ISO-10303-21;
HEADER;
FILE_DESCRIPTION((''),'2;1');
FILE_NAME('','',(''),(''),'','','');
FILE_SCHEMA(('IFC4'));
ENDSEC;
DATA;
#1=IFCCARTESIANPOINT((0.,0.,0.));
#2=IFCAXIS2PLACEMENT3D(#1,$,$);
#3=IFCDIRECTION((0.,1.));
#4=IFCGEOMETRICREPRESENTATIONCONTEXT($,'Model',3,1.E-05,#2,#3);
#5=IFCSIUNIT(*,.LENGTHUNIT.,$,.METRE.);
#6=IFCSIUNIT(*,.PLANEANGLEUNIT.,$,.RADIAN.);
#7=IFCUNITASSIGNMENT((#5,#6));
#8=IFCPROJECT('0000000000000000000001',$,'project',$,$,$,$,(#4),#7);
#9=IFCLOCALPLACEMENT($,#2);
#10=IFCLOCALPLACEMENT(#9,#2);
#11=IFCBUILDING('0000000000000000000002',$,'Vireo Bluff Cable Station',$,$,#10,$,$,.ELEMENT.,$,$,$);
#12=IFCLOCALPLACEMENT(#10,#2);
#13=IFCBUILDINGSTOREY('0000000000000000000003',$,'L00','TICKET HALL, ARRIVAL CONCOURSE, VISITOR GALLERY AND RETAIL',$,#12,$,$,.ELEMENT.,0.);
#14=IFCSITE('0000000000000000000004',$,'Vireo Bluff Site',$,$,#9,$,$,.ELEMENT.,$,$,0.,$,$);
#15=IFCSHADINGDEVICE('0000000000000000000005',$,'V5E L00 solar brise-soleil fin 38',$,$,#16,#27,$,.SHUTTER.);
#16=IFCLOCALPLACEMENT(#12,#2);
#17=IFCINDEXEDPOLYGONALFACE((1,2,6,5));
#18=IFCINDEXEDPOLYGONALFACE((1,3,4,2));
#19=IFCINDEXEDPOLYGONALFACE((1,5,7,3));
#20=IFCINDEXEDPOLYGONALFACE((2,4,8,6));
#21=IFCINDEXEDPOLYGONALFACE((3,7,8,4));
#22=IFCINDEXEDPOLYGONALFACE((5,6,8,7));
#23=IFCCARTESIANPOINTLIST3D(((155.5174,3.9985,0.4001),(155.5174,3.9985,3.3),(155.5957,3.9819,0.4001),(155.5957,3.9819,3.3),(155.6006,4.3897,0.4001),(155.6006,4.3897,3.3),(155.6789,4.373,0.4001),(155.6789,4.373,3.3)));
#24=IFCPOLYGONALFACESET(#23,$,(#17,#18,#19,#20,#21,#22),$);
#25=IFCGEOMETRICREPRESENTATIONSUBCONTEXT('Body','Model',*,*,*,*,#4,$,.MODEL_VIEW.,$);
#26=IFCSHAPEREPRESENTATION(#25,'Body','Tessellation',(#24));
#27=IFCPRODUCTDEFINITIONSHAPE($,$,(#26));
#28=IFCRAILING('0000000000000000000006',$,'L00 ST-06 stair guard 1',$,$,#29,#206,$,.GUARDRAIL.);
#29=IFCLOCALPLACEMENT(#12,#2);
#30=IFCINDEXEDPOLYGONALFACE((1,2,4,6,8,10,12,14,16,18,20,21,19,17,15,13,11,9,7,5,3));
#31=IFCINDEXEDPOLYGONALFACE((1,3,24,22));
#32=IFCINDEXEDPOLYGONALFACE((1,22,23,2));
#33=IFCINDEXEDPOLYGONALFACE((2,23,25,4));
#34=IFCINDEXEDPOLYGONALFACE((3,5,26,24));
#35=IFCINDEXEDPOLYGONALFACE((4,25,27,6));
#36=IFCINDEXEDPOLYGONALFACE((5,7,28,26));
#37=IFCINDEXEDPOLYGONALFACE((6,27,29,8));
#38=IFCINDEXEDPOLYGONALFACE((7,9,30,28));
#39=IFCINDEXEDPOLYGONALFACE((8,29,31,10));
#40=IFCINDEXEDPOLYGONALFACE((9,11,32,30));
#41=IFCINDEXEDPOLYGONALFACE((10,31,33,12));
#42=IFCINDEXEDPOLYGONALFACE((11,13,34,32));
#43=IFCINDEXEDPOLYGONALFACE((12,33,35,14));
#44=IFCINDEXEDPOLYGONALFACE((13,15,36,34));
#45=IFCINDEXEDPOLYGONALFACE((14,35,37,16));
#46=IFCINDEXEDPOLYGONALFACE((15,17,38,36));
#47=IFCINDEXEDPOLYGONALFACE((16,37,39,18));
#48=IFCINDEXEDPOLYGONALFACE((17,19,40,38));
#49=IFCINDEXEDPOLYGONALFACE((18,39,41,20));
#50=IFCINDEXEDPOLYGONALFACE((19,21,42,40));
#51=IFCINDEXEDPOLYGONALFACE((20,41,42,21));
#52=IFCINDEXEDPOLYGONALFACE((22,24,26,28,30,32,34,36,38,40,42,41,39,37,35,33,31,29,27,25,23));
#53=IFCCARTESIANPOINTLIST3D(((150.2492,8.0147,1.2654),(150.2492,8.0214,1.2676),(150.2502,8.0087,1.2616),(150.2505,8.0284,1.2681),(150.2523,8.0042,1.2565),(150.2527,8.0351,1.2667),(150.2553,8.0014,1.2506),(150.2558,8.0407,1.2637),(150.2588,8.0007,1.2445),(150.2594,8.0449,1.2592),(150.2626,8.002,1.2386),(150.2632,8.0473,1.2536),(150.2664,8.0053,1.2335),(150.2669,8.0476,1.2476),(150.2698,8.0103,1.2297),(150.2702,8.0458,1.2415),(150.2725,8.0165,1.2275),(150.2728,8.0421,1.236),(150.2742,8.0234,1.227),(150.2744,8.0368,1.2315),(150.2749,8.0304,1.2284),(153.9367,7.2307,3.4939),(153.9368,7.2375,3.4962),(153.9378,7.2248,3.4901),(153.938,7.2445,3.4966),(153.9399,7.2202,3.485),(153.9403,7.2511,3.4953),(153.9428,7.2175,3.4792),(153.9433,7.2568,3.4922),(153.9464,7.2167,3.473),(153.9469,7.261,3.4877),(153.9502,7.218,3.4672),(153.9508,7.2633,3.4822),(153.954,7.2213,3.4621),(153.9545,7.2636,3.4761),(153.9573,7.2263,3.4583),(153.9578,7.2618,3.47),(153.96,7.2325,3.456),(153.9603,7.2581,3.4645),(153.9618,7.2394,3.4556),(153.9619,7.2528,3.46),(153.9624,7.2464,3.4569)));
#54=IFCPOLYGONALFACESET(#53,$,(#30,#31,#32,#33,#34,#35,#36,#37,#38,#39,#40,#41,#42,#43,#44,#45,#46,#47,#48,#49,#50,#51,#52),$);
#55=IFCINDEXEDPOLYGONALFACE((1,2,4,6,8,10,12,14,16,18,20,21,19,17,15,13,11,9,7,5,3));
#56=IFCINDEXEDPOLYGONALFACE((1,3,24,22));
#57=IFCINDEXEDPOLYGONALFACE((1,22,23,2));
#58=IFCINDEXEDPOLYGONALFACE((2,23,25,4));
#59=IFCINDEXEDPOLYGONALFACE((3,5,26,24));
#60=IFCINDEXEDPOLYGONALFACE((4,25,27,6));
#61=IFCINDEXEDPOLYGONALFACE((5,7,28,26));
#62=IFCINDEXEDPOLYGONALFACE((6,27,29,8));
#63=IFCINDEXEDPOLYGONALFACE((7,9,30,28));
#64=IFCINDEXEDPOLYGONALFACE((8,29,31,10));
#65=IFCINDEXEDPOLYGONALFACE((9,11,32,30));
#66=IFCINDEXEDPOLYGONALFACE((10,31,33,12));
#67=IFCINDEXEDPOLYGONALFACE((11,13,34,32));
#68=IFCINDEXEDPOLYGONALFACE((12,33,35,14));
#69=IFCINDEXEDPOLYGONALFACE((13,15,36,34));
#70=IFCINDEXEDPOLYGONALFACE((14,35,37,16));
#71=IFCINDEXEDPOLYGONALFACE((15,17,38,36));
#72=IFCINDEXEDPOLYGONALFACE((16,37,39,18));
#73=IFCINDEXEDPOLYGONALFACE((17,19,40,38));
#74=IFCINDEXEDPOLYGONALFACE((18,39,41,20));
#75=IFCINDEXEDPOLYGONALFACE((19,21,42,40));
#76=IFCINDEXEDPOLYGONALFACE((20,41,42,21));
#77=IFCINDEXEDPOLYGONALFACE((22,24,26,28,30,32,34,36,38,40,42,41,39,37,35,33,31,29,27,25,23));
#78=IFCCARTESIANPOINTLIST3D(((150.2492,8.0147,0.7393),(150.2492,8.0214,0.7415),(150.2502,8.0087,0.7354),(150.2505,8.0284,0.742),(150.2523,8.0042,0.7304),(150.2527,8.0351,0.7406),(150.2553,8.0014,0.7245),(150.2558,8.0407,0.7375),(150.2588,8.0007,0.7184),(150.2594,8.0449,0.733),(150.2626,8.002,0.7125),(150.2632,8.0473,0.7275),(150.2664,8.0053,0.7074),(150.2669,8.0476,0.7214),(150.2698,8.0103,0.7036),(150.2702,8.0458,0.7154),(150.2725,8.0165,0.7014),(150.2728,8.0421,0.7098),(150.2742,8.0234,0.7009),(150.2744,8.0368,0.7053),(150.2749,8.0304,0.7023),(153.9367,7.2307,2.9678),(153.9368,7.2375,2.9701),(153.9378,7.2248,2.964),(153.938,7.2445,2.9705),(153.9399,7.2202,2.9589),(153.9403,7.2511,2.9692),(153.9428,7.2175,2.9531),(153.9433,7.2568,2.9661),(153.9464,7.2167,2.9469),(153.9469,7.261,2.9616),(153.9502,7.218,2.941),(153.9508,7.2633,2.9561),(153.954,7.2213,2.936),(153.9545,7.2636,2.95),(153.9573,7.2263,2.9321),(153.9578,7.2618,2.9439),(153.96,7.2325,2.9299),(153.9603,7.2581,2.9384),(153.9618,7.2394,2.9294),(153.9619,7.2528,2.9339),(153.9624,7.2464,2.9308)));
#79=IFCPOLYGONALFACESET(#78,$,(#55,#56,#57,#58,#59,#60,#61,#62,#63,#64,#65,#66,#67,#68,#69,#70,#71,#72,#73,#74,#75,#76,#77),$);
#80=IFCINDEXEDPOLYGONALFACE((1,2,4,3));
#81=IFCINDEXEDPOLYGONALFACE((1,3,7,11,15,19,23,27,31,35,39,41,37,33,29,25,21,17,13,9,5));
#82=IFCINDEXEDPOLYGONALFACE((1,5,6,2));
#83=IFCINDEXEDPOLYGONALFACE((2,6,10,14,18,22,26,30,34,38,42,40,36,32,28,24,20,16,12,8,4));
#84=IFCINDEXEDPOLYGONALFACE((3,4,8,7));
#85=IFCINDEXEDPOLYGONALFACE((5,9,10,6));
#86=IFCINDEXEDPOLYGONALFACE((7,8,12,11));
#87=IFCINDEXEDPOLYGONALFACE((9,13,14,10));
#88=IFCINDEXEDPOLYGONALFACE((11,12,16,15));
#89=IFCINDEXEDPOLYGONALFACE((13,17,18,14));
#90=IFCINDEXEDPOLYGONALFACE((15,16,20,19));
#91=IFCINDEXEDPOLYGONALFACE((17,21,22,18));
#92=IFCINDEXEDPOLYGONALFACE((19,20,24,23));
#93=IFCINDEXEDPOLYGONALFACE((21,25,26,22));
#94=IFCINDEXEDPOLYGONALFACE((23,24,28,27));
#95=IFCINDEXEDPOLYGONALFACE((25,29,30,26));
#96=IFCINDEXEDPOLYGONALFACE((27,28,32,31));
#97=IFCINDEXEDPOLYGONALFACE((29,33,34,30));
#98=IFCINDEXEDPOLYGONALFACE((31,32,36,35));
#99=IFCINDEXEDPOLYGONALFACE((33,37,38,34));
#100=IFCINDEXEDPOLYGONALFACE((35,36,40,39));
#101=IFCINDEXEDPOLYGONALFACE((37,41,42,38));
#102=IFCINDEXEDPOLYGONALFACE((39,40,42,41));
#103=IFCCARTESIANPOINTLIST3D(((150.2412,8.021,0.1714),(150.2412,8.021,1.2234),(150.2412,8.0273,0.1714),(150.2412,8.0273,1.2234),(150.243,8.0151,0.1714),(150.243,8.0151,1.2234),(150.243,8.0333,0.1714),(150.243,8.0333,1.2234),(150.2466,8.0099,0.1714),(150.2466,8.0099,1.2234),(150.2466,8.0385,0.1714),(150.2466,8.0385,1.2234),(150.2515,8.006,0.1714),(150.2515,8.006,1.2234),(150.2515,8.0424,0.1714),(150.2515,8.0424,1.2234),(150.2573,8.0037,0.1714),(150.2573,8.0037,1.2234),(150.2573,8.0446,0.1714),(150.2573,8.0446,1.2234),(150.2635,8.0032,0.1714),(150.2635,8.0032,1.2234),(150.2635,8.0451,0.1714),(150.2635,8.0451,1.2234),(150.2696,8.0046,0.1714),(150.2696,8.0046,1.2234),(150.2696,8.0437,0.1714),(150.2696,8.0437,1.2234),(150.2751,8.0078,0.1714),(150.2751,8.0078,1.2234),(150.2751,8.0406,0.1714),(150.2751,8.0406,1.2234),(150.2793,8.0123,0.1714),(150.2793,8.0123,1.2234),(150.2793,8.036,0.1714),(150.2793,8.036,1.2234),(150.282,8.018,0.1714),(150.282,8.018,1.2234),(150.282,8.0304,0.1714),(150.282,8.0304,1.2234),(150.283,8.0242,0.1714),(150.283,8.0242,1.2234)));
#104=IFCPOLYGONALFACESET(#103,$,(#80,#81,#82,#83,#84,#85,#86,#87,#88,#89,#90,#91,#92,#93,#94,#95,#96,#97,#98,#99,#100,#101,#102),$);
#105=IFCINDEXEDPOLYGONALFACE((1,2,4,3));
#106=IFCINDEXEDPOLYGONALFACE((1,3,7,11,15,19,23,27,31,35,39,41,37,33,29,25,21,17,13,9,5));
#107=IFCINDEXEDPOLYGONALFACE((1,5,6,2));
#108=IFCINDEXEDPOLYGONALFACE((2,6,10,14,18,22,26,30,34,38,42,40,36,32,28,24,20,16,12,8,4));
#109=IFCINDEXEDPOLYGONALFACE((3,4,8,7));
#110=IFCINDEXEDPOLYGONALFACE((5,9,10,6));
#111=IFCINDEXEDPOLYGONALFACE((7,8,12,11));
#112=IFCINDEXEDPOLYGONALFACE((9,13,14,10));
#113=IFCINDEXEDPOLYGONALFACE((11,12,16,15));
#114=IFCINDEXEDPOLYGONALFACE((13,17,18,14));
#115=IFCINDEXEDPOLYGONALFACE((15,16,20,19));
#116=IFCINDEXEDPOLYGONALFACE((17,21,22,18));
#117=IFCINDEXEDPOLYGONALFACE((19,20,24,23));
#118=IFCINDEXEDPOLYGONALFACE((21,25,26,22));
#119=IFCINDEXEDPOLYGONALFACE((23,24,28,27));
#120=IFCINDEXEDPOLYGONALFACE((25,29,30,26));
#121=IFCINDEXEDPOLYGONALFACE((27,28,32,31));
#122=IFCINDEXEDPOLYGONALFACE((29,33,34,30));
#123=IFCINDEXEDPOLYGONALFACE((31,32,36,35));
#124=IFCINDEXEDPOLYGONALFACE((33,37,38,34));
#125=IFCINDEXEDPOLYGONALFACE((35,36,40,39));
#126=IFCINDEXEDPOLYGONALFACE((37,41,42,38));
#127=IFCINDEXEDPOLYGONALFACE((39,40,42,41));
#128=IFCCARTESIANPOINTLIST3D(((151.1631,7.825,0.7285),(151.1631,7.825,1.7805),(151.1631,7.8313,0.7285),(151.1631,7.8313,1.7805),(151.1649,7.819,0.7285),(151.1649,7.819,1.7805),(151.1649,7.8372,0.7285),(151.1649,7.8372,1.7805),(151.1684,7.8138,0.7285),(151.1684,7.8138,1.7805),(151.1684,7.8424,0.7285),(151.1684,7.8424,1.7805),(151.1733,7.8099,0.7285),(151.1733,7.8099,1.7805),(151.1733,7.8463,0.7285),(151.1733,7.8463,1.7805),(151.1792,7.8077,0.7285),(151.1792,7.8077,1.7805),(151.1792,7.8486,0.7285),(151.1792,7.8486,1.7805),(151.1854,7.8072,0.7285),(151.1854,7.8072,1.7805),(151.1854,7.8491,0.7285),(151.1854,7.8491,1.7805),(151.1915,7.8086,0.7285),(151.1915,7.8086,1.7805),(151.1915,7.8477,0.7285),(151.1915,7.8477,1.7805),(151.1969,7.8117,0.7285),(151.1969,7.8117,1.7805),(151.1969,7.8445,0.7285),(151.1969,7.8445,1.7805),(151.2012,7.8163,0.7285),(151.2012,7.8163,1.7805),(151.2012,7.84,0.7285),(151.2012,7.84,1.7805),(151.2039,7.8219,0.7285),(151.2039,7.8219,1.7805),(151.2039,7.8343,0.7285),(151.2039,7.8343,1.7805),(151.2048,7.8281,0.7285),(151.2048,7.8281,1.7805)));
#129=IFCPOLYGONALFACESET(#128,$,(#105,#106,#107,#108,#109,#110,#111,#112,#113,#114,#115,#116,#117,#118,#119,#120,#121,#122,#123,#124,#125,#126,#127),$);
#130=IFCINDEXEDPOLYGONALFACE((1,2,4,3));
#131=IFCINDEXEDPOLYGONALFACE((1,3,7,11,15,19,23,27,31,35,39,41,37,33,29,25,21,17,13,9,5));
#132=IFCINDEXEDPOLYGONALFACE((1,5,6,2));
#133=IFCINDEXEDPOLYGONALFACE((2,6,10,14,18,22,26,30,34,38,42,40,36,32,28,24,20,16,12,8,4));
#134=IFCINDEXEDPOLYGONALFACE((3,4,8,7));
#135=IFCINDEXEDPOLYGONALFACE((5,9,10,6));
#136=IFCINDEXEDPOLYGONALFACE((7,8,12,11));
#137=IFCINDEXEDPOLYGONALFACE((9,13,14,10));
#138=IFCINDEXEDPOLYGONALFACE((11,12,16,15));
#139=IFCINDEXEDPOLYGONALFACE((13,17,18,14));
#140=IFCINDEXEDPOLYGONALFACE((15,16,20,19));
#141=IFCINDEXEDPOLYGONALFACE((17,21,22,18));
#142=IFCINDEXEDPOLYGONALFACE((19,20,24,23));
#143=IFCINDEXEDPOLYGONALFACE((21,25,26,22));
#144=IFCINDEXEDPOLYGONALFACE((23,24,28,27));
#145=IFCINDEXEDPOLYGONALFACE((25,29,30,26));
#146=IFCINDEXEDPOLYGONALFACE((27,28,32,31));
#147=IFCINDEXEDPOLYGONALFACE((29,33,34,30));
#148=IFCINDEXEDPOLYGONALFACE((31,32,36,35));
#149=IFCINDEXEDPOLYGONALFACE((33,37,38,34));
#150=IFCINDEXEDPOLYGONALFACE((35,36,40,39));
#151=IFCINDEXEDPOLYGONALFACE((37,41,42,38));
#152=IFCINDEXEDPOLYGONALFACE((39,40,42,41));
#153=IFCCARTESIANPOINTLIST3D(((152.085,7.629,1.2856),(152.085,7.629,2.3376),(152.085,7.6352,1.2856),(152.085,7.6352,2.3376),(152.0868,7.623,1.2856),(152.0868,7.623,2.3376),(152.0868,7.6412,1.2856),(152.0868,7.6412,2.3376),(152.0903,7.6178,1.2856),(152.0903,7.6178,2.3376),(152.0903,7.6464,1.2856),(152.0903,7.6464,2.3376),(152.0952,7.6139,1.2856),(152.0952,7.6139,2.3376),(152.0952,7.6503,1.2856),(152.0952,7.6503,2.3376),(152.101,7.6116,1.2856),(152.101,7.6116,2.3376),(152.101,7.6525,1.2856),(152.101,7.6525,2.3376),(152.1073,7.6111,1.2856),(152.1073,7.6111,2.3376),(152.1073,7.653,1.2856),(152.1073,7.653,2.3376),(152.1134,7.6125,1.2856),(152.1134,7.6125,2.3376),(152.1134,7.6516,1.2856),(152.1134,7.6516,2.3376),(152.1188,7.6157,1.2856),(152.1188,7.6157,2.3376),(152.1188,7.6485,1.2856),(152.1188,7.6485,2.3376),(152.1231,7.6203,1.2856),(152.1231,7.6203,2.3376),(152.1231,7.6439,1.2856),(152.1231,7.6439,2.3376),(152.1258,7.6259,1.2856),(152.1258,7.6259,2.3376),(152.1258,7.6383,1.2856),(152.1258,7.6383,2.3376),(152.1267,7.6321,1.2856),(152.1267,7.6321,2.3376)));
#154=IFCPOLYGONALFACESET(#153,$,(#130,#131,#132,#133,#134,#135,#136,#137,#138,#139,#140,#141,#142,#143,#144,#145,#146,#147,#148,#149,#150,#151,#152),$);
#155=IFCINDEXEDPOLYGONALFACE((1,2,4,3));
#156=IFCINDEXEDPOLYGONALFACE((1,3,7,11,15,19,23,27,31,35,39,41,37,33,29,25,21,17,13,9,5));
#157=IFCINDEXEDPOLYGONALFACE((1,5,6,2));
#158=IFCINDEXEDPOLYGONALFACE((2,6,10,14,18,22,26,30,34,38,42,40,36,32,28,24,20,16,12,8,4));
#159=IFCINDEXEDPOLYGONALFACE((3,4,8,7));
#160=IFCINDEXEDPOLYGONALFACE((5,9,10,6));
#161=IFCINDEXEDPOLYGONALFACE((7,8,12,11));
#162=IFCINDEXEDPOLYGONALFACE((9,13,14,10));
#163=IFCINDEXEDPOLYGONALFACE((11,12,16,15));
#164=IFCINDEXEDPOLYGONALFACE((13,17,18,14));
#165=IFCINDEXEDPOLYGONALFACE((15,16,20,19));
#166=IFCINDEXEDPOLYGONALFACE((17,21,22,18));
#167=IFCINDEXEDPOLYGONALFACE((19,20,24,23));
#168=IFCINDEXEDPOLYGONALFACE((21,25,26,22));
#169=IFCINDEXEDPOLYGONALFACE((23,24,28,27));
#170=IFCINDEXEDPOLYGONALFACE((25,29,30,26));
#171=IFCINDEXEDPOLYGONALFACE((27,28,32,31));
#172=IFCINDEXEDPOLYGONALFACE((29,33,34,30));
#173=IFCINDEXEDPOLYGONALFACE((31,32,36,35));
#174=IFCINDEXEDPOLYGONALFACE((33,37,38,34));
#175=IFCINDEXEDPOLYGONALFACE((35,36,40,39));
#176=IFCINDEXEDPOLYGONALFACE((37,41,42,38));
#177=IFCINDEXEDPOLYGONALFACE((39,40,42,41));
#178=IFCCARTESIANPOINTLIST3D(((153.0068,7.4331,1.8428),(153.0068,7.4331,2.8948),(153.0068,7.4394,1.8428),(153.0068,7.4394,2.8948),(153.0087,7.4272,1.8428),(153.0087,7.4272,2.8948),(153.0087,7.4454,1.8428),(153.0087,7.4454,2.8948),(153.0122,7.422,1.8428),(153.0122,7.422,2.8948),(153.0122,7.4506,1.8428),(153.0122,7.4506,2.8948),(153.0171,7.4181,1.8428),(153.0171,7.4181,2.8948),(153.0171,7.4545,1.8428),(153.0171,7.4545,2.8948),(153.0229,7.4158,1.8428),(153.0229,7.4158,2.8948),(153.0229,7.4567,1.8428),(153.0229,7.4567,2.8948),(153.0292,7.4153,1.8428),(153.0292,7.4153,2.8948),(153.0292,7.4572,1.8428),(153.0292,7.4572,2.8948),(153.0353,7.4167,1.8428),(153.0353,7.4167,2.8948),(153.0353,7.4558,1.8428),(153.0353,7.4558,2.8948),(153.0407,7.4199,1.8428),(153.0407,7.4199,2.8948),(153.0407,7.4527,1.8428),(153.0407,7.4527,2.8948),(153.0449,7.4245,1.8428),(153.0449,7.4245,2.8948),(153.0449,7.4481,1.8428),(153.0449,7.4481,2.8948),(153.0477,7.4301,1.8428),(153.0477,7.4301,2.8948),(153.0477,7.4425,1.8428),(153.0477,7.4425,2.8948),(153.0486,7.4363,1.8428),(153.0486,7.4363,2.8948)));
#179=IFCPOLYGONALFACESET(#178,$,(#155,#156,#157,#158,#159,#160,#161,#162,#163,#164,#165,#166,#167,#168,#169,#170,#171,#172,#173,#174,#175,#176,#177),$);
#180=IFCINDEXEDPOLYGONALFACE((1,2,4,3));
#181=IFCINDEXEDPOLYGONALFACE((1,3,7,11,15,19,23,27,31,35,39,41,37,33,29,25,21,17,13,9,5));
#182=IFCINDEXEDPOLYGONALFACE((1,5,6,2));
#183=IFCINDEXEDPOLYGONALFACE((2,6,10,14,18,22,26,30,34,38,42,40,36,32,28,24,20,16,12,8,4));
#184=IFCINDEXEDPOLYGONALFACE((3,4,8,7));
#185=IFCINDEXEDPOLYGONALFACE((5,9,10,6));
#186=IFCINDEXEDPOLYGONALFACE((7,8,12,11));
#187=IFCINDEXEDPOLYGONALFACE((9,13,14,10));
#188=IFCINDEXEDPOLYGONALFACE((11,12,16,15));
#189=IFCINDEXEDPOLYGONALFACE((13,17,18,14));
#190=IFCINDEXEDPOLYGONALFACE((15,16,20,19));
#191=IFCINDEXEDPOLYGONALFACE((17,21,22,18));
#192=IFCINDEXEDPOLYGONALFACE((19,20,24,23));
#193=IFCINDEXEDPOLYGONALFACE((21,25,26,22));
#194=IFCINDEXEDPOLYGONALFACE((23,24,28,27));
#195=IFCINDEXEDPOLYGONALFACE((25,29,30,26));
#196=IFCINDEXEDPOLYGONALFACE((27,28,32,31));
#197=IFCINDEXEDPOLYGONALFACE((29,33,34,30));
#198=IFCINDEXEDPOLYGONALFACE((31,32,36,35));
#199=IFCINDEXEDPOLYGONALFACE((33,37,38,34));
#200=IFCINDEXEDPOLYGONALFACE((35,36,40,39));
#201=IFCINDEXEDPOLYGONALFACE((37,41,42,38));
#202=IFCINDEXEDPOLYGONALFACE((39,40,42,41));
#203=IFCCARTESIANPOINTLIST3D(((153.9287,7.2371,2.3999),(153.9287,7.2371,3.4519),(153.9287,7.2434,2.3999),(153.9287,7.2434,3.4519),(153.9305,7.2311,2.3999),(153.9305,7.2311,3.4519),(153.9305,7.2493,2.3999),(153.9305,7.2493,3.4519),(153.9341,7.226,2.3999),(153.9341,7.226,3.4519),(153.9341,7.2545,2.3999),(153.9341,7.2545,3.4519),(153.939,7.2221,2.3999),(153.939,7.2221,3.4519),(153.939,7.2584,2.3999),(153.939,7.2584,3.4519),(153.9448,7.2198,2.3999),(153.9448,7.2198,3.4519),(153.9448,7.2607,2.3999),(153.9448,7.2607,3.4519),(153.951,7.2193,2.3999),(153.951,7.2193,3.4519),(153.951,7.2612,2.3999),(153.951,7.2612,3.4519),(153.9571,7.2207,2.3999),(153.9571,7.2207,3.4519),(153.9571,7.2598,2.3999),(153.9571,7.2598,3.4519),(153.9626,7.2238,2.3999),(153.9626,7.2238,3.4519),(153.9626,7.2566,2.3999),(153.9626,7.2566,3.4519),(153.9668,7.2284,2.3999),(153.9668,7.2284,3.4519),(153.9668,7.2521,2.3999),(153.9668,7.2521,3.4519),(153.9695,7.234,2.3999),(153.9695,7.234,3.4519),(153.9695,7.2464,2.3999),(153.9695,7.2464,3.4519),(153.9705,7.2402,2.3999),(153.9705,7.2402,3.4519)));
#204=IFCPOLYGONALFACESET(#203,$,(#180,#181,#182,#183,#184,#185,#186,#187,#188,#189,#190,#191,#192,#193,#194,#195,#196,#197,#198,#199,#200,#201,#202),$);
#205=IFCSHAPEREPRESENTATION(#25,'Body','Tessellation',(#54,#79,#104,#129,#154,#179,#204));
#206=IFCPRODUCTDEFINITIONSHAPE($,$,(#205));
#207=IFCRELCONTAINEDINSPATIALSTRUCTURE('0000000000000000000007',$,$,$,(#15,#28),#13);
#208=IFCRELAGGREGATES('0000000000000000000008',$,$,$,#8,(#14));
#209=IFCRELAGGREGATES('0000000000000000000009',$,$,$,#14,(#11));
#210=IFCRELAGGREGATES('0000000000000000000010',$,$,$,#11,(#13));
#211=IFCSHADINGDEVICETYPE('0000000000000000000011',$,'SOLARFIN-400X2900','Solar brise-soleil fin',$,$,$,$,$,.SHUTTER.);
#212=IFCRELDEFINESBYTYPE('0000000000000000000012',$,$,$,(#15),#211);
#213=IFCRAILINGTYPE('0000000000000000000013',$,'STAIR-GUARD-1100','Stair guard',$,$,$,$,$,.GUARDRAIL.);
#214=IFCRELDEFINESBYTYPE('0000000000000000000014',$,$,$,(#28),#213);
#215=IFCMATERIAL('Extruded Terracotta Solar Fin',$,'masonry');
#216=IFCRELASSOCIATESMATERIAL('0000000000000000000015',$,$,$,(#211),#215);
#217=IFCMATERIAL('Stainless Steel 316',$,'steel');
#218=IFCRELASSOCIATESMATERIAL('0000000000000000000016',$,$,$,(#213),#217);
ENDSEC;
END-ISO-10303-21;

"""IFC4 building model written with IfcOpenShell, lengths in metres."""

from ifc_helpers import new_model, si_unit, direction, frame, origin, origin_2d, place, context, subcontext, project, spatial, rectangle, circle, extrude, material, type_object, element, save


model = new_model("IFC4")

# Units and contexts
model_context = context("Model", 3, precision=1e-05, world=origin(), true_north=direction((0.0, 1.0)))
body_context = subcontext(model_context, "Body", "Model", "MODEL_VIEW")
ifc_project = project(units=[si_unit("LENGTHUNIT", "METRE"), si_unit("PLANEANGLEUNIT", "RADIAN")], contexts=[model_context])

# Site, building, storey
site_placement = place(None, origin())
site = spatial("IfcSite", under=ifc_project, at=site_placement, Name="Vireo Bluff Site", CompositionType="ELEMENT", RefElevation=0.0)
building_placement = place(site_placement, origin())
building = spatial("IfcBuilding", under=site, at=building_placement, Name="Vireo Bluff Cable Station", CompositionType="ELEMENT")
storey_placement = place(building_placement, origin())
storey = spatial("IfcBuildingStorey", under=building, at=storey_placement, Name="L00", Description="TICKET HALL, ARRIVAL CONCOURSE, VISITOR GALLERY AND RETAIL", CompositionType="ELEMENT", Elevation=0.0)

# Shading device
ifc_material_1 = material(Name="Extruded Terracotta Solar Fin", Category="masonry")
shading_device_type = type_object("IfcShadingDeviceType", Name="SOLARFIN-400X2900", Description="Solar brise-soleil fin", PredefinedType="SHUTTER", material=ifc_material_1)
shading_device_placement = place(storey_placement, frame((155.5981, 4.1858, 0.4001), z_axis=(0.0, 0.0, 1.0), x_axis=(-0.978148, 0.207912, 0.0)))
element("IfcShadingDevice", 1, at=shading_device_placement, inside=storey, type_object=shading_device_type, Name="V5E L00 solar brise-soleil fin 38", PredefinedType="SHUTTER", context=body_context, shape_type="SweptSolid", body=[
    extrude(rectangle(XDim=0.0801, YDim=0.3999, at=origin_2d()), origin(), (0.0, 0.0, 1.0), 2.8999),
])

# Railing
ifc_material_2 = material(Name="Stainless Steel 316", Category="steel")
railing_type_1 = type_object("IfcRailingType", Name="STAIR-GUARD-1100", Description="Stair guard", PredefinedType="GUARDRAIL", material=ifc_material_2)
railing_1_placement = place(storey_placement, frame((150.262, 8.0242, 0.1714)))
element("IfcRailing", 2, at=railing_1_placement, inside=storey, type_object=railing_type_1, Name="L00 ST-06 stair guard 1", PredefinedType="GUARDRAIL", context=body_context, shape_type="SweptSolid", body=[
    extrude(circle(Radius=0.0239, at=origin_2d()), frame((0.0, 0.0, 1.0762), z_axis=(0.842025, -0.179008, 0.508872), x_axis=(0.207946, 0.97814, 0.0)), (0.0, 0.0, 1.0), 4.3794),
    extrude(circle(Radius=0.0239, at=origin_2d()), frame((0.0, 0.0, 0.55), z_axis=(0.842025, -0.179008, 0.508872), x_axis=(0.207946, 0.97814, 0.0)), (0.0, 0.0, 1.0), 4.3794),
    extrude(circle(Radius=0.021, at=origin_2d()), origin(), (0.0, 0.0, 1.0), 1.052),
    extrude(circle(Radius=0.021, at=origin_2d()), frame((0.9219, -0.196, 0.5571)), (0.0, 0.0, 1.0), 1.052),
    extrude(circle(Radius=0.021, at=origin_2d()), frame((1.8438, -0.3921, 1.1143)), (0.0, 0.0, 1.0), 1.052),
    extrude(circle(Radius=0.021, at=origin_2d()), frame((2.7656, -0.5879, 1.6714)), (0.0, 0.0, 1.0), 1.052),
    extrude(circle(Radius=0.021, at=origin_2d()), frame((3.6875, -0.7839, 2.2285)), (0.0, 0.0, 1.0), 1.052),
])

save(model, "model.ifc")
